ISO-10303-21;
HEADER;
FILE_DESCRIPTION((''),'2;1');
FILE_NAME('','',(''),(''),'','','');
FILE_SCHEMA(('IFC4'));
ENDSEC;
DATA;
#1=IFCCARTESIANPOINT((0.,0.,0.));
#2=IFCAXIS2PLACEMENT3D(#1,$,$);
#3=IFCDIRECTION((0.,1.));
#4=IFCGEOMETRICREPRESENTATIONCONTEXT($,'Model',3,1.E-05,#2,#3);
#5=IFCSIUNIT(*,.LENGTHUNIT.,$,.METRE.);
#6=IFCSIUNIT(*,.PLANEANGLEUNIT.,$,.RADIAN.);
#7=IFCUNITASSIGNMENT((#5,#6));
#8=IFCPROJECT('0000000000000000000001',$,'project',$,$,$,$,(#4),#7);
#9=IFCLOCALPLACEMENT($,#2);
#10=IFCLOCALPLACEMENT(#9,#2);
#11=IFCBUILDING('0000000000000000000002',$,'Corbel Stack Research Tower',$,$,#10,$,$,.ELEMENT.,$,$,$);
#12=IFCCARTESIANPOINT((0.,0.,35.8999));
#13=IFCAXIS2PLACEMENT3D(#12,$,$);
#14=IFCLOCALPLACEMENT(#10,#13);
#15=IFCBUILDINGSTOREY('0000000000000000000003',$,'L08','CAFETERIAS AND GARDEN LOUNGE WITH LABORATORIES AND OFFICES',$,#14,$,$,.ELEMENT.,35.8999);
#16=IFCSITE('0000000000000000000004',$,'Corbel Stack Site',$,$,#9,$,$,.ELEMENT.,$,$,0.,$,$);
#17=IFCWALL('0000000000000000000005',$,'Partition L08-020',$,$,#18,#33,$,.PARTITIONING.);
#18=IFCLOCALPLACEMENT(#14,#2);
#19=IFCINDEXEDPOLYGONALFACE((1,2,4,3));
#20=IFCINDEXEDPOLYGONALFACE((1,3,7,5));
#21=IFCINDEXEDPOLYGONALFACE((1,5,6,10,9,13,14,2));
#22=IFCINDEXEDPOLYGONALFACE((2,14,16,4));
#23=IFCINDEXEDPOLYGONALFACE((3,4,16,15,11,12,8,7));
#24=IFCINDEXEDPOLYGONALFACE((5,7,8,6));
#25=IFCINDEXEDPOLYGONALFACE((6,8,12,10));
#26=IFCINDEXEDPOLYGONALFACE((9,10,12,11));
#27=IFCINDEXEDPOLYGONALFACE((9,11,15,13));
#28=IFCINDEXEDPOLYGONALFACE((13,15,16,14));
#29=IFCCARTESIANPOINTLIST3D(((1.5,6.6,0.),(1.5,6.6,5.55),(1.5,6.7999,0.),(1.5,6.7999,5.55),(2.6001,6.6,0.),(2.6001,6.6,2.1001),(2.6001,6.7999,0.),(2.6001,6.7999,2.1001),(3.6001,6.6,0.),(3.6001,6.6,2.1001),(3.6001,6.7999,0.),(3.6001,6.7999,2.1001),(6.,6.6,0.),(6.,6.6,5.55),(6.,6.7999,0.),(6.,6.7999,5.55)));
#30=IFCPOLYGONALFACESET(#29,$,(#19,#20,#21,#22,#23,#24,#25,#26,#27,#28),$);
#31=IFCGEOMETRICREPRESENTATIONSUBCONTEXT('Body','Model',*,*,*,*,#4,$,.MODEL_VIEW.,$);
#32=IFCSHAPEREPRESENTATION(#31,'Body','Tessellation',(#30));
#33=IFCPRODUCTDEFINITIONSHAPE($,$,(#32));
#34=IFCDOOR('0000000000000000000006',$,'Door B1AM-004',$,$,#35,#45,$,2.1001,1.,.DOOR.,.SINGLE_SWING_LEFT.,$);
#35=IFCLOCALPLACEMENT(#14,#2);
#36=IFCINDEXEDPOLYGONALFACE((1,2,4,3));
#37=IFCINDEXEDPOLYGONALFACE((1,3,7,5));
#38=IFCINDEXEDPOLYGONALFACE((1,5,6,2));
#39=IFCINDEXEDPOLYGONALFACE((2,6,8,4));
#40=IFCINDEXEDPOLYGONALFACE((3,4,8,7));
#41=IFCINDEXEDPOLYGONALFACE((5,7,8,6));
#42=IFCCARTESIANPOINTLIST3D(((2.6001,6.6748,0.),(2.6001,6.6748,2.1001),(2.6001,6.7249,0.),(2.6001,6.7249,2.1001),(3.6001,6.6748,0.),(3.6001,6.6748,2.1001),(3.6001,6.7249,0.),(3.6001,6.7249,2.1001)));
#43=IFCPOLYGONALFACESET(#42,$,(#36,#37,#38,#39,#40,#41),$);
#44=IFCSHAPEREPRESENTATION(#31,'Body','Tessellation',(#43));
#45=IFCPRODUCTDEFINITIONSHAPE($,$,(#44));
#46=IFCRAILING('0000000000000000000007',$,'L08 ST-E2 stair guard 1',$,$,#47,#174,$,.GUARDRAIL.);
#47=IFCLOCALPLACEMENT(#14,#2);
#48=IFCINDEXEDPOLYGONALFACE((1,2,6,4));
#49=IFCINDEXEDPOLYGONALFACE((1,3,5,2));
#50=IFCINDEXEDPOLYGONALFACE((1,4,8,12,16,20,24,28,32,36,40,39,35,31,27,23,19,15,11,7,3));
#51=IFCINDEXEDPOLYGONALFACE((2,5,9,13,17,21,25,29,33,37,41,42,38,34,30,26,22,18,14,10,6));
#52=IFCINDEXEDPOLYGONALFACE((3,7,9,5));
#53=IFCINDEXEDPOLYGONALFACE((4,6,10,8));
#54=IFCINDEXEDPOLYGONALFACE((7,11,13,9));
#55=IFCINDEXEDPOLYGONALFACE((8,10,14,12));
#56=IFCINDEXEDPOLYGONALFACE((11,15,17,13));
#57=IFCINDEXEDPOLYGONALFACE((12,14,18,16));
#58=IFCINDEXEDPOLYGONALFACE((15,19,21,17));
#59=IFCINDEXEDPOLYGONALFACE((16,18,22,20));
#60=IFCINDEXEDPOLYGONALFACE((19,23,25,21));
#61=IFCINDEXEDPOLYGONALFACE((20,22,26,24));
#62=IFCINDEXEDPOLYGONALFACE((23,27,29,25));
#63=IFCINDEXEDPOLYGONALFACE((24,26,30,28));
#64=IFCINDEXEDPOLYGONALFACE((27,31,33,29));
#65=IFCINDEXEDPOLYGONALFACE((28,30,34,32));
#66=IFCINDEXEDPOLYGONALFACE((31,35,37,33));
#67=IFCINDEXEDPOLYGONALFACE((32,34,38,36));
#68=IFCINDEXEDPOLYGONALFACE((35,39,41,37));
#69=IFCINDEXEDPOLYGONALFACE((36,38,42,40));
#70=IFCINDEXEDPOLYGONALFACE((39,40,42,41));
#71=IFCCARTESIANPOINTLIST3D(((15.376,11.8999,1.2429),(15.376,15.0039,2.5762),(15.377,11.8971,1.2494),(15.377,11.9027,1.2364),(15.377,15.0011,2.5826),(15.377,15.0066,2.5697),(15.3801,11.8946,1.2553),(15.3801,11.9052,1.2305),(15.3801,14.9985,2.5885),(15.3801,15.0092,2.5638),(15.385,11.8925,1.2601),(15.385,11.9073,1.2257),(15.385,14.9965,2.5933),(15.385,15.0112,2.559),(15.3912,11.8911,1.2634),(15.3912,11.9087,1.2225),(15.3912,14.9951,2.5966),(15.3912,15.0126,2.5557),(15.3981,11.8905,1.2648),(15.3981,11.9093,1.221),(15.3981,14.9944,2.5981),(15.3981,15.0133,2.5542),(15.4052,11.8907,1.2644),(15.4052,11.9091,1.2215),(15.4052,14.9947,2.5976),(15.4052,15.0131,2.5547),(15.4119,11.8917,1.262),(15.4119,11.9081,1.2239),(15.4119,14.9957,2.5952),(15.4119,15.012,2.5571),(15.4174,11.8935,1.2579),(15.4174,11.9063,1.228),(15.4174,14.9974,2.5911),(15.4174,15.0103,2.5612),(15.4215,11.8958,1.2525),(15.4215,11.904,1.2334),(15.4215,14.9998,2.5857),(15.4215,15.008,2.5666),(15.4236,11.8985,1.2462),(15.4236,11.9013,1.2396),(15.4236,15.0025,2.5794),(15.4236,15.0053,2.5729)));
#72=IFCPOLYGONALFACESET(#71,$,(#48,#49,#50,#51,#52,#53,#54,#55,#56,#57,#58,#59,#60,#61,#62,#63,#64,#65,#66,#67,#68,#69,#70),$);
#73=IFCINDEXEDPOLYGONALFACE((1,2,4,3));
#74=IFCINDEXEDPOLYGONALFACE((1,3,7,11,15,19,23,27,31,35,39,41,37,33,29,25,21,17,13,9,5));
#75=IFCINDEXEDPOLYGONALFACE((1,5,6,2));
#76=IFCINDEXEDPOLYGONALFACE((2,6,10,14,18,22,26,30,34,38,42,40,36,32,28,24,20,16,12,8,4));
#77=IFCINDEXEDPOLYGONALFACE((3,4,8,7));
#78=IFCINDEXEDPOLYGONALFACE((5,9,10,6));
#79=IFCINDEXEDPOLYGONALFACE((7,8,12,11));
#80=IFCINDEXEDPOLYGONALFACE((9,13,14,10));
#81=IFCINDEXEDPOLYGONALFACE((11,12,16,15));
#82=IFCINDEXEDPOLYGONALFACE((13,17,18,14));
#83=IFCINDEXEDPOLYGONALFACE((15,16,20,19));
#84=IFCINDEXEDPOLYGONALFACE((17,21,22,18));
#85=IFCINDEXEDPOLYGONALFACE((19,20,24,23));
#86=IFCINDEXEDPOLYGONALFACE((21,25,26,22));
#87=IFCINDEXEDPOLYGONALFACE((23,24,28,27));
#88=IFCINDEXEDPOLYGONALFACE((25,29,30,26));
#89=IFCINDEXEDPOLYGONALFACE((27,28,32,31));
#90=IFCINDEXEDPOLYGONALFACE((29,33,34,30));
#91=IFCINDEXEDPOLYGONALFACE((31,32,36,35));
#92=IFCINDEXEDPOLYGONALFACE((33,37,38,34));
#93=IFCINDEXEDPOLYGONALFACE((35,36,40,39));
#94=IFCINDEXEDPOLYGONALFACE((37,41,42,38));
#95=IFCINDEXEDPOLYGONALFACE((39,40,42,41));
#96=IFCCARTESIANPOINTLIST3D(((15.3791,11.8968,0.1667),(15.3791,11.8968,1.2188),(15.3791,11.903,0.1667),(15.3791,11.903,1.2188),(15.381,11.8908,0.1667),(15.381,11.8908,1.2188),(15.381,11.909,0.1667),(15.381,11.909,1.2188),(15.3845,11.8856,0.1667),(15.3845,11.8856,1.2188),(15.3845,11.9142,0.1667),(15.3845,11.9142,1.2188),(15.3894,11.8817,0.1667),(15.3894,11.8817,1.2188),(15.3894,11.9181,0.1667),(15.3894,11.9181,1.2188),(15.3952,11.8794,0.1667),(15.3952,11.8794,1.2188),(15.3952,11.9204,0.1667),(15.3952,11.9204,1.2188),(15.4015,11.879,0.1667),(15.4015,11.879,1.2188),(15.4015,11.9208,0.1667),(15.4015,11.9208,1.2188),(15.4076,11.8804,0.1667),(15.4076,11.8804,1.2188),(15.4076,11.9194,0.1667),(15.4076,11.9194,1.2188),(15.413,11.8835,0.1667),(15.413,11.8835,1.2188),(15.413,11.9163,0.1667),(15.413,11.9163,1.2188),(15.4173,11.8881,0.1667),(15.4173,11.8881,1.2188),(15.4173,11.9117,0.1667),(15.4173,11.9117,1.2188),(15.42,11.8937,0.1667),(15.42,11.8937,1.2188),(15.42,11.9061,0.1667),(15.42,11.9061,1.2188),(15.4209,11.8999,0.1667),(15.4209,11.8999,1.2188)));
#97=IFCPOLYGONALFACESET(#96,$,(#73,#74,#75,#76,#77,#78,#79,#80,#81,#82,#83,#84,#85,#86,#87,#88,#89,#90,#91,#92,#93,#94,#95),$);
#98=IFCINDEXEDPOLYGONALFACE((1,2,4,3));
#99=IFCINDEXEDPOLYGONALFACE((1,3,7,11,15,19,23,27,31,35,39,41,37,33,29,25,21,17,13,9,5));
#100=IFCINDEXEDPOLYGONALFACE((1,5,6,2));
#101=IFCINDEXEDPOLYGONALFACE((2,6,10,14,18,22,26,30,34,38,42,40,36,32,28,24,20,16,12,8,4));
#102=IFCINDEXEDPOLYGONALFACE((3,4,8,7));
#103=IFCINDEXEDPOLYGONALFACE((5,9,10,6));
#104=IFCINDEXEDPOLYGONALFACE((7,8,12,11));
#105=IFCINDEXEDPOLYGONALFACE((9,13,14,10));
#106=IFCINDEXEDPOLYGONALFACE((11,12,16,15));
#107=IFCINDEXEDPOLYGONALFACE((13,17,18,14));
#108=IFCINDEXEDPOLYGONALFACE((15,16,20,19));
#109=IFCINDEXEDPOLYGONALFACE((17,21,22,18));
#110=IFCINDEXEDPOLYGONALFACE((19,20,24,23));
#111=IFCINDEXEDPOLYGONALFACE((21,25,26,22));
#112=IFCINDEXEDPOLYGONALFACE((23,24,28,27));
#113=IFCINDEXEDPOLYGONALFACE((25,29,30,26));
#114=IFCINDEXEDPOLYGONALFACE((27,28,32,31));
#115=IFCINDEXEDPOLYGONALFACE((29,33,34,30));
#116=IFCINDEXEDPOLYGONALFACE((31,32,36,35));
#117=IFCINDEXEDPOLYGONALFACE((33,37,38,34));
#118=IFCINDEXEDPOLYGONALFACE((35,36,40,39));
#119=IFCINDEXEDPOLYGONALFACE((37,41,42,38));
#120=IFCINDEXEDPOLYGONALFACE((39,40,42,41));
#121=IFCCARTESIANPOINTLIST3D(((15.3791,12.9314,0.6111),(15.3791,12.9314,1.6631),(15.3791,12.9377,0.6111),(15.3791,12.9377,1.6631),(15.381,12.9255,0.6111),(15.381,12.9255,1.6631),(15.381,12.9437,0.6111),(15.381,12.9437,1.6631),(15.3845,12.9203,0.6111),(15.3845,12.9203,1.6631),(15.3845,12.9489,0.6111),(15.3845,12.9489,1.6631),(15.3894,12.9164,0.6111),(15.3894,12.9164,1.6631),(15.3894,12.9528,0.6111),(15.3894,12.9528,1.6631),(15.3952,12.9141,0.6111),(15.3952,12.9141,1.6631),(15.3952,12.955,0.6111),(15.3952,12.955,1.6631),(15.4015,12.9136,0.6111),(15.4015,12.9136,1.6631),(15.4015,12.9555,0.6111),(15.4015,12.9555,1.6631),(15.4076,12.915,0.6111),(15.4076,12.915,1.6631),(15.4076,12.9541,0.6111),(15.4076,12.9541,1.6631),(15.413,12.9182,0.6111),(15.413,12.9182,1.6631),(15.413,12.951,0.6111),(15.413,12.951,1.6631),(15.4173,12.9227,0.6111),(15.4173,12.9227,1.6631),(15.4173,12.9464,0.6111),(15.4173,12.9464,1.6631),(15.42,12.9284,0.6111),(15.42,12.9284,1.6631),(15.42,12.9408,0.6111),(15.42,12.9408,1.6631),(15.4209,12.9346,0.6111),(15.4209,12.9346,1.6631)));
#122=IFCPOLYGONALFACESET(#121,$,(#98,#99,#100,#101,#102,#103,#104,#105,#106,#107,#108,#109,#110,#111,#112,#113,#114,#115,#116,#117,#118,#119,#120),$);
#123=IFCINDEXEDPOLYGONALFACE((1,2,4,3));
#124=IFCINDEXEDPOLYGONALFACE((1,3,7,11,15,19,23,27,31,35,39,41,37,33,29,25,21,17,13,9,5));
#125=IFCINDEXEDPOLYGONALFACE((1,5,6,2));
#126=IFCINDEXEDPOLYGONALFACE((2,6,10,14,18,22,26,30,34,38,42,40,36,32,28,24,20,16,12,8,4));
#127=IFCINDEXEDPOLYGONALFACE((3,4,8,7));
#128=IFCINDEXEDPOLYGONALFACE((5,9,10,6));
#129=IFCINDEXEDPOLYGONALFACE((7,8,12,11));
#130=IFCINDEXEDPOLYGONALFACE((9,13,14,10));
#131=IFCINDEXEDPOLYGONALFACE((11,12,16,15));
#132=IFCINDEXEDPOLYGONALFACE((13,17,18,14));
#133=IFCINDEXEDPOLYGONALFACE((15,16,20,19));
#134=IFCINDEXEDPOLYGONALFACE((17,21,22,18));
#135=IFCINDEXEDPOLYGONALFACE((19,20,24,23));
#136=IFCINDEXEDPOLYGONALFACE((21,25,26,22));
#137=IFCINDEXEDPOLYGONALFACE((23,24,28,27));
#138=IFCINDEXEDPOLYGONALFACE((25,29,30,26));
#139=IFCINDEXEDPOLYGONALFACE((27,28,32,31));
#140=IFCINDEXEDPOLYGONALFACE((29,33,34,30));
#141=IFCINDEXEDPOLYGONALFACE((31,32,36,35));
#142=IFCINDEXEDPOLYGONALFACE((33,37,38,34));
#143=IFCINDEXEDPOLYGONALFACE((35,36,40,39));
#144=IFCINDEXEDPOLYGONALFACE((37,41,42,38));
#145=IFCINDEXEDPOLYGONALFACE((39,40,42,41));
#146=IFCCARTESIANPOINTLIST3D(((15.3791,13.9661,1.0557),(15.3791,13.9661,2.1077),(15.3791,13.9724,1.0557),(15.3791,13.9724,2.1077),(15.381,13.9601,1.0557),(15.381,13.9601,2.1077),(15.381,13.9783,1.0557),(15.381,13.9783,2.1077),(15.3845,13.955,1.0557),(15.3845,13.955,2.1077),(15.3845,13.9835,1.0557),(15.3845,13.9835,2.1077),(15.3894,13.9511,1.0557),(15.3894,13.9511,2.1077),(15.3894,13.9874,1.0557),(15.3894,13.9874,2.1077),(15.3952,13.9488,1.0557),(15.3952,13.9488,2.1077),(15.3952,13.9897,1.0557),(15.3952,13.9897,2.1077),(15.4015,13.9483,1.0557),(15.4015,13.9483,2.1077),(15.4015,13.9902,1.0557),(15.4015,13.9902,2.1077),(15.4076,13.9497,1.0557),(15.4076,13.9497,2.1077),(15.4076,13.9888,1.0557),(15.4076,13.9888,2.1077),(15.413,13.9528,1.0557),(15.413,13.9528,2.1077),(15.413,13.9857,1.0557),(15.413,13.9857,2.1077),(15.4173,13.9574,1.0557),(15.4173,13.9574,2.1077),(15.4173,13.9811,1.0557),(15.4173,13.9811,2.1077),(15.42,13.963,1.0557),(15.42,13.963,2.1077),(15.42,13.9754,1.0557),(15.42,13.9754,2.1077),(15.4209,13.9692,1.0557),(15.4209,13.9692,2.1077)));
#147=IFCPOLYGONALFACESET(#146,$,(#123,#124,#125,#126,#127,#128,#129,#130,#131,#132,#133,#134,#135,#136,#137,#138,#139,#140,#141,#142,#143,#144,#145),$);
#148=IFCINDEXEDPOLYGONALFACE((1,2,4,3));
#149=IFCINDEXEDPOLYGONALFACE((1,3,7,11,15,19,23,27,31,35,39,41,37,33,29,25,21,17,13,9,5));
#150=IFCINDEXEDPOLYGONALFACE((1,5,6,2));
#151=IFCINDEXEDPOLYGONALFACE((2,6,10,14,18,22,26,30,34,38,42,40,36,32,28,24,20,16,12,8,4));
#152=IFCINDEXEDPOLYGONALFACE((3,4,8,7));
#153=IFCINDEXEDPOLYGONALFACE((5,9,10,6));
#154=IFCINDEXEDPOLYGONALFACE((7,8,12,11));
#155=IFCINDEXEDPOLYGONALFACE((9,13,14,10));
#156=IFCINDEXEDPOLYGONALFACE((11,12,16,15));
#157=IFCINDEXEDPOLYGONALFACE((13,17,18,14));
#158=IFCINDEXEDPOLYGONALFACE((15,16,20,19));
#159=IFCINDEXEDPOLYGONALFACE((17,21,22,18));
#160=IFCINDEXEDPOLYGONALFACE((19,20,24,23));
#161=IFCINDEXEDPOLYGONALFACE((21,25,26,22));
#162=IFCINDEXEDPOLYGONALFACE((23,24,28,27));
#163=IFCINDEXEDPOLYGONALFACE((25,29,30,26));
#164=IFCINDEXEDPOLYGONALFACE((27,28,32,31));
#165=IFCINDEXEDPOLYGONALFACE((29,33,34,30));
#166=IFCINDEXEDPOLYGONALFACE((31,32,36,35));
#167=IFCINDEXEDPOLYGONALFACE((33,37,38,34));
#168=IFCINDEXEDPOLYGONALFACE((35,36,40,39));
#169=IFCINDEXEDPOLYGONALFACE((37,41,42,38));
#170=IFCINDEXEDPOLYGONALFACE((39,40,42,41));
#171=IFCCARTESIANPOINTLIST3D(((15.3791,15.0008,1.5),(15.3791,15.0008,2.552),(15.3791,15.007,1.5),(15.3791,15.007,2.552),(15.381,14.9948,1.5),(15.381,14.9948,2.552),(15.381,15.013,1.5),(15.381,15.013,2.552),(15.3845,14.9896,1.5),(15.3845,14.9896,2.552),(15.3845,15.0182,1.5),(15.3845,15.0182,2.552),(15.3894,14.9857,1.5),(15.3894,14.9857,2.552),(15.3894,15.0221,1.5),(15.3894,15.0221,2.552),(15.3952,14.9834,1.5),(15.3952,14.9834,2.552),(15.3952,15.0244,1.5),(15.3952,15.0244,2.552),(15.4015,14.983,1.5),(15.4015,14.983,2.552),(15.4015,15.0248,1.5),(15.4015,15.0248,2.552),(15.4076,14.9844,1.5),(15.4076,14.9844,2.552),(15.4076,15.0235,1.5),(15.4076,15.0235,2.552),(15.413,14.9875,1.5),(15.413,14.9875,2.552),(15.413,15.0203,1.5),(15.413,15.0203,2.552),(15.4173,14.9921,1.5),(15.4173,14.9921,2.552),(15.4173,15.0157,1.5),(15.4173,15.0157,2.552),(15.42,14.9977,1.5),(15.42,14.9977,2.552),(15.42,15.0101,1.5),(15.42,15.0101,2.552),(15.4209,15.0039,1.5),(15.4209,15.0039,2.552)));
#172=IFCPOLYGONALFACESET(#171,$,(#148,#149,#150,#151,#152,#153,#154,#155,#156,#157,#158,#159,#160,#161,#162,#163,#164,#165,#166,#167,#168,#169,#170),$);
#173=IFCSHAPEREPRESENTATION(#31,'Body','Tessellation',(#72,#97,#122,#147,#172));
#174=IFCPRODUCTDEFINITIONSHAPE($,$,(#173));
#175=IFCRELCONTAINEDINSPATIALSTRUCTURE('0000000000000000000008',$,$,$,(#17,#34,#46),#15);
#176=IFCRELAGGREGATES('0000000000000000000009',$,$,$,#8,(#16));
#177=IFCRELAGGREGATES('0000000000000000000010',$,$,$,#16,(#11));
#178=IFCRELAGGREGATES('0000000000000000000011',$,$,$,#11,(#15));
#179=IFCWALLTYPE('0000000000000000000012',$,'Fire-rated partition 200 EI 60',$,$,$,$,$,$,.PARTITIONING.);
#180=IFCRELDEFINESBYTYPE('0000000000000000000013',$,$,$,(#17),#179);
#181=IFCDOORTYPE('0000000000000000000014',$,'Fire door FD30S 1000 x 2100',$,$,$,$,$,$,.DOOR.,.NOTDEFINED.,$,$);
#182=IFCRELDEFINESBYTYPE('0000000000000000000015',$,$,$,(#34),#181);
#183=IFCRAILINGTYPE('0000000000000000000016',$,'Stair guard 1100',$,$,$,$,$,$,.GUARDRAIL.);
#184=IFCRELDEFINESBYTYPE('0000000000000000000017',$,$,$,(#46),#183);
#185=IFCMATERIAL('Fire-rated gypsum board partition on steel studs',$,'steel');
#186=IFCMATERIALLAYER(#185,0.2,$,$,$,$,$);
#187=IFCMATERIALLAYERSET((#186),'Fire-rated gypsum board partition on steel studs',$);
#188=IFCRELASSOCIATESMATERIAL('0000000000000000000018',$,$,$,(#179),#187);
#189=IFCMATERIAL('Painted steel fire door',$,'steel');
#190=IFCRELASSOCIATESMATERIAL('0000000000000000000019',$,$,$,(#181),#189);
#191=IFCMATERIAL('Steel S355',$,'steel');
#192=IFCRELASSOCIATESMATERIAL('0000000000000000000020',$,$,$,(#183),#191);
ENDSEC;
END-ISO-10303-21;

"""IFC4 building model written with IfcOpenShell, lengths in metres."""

from ifc_helpers import new_model, si_unit, direction, frame, frame_2d, origin, origin_2d, place, context, subcontext, project, spatial, rectangle, circle, extrude, material, layer, layer_set, type_object, element, fill, save


model = new_model("IFC4")

# Units and contexts
model_context = context("Model", 3, precision=1e-05, world=origin(), true_north=direction((0.0, 1.0)))
body_context = subcontext(model_context, "Body", "Model", "MODEL_VIEW")
ifc_project = project(units=[si_unit("LENGTHUNIT", "METRE"), si_unit("PLANEANGLEUNIT", "RADIAN")], contexts=[model_context])

# Site, building, storey
site_placement = place(None, origin())
site = spatial("IfcSite", under=ifc_project, at=site_placement, Name="Corbel Stack Site", CompositionType="ELEMENT", RefElevation=0.0)
building_placement = place(site_placement, origin())
building = spatial("IfcBuilding", under=site, at=building_placement, Name="Corbel Stack Research Tower", CompositionType="ELEMENT")
storey_placement = place(building_placement, frame((0.0, 0.0, 35.8999)))
storey = spatial("IfcBuildingStorey", under=building, at=storey_placement, Name="L08", Description="CAFETERIAS AND GARDEN LOUNGE WITH LABORATORIES AND OFFICES", CompositionType="ELEMENT", Elevation=35.8999)

# Wall, opening, door
ifc_material_1 = material(Name="Fire-rated gypsum board partition on steel studs", Category="steel")
ifc_layer_1 = layer(ifc_material_1, 0.2)
ifc_layer_set_1 = layer_set([ifc_layer_1], Name="Fire-rated gypsum board partition on steel studs")
wall_type_1 = type_object("IfcWallType", Name="Fire-rated partition 200 EI 60", PredefinedType="PARTITIONING", material=ifc_layer_set_1)
wall_1_placement = place(storey_placement, frame((1.5, 6.7, 0.0), z_axis=(0.0, 0.0, 1.0), x_axis=(1.0, 0.0, 0.0)))
wall_1 = element("IfcWall", 1, at=wall_1_placement, inside=storey, type_object=wall_type_1, Name="Partition L08-020", PredefinedType="PARTITIONING", context=body_context, shape_type="SweptSolid", body=[
    extrude(rectangle(XDim=4.5, YDim=0.2, at=frame_2d((2.25, 0.0))), origin(), (0.0, 0.0, 1.0), 5.55),
])
opening_1_placement = place(wall_1_placement, frame((1.1001, 0.0, 0.0)))
opening_1 = element("IfcOpeningElement", 2, at=opening_1_placement, cuts=wall_1, PredefinedType="OPENING", context=body_context, shape_type="SweptSolid", body=[
    extrude(rectangle(XDim=1.0, YDim=2.1001, at=frame_2d((0.5, 1.05))), frame((0.0, 0.1099, 0.0), z_axis=(0.0, -1.0, 0.0), x_axis=(1.0, 0.0, 0.0)), (0.0, 0.0, 1.0), 0.22),
])
ifc_material_2 = material(Name="Painted steel fire door", Category="steel")
door_type_1 = type_object("IfcDoorType", Name="Fire door FD30S 1000 x 2100", OperationType="NOTDEFINED", PredefinedType="DOOR", material=ifc_material_2)
door_1_placement = place(opening_1_placement, origin())
door_1 = element("IfcDoor", 3, at=door_1_placement, inside=storey, type_object=door_type_1, Name="Door B1AM-004", OperationType="SINGLE_SWING_LEFT", OverallHeight=2.1001, OverallWidth=1.0, PredefinedType="DOOR", context=body_context, shape_type="SweptSolid", body=[
    extrude(rectangle(XDim=1.0, YDim=2.1001, at=frame_2d((0.5, 1.05))), frame((0.0, 0.0249, 0.0), z_axis=(0.0, -1.0, 0.0), x_axis=(1.0, 0.0, 0.0)), (0.0, 0.0, 1.0), 0.05),
])
fill(opening_1, door_1)

# Railing
ifc_material_3 = material(Name="Steel S355", Category="steel")
railing_type = type_object("IfcRailingType", Name="Stair guard 1100", PredefinedType="GUARDRAIL", material=ifc_material_3)
railing_placement = place(storey_placement, frame((15.3999, 11.8999, 0.1667)))
element("IfcRailing", 4, at=railing_placement, inside=storey, type_object=railing_type, Name="L08 ST-E2 stair guard 1", PredefinedType="GUARDRAIL", context=body_context, shape_type="SweptSolid", body=[
    extrude(circle(Radius=0.0239, at=origin_2d()), frame((0.0, 0.0, 1.0762), z_axis=(0.0, 0.918827, 0.394661), x_axis=(-1.0, 0.0, 0.0)), (0.0, 0.0, 1.0), 3.3782),
    extrude(circle(Radius=0.021, at=origin_2d()), origin(), (0.0, 0.0, 1.0), 1.052),
    extrude(circle(Radius=0.021, at=origin_2d()), frame((0.0, 1.0347, 0.4443)), (0.0, 0.0, 1.0), 1.052),
    extrude(circle(Radius=0.021, at=origin_2d()), frame((0.0, 2.0693, 0.8889)), (0.0, 0.0, 1.0), 1.052),
    extrude(circle(Radius=0.021, at=origin_2d()), frame((0.0, 3.104, 1.3333)), (0.0, 0.0, 1.0), 1.052),
])

save(model, "model.ifc")
